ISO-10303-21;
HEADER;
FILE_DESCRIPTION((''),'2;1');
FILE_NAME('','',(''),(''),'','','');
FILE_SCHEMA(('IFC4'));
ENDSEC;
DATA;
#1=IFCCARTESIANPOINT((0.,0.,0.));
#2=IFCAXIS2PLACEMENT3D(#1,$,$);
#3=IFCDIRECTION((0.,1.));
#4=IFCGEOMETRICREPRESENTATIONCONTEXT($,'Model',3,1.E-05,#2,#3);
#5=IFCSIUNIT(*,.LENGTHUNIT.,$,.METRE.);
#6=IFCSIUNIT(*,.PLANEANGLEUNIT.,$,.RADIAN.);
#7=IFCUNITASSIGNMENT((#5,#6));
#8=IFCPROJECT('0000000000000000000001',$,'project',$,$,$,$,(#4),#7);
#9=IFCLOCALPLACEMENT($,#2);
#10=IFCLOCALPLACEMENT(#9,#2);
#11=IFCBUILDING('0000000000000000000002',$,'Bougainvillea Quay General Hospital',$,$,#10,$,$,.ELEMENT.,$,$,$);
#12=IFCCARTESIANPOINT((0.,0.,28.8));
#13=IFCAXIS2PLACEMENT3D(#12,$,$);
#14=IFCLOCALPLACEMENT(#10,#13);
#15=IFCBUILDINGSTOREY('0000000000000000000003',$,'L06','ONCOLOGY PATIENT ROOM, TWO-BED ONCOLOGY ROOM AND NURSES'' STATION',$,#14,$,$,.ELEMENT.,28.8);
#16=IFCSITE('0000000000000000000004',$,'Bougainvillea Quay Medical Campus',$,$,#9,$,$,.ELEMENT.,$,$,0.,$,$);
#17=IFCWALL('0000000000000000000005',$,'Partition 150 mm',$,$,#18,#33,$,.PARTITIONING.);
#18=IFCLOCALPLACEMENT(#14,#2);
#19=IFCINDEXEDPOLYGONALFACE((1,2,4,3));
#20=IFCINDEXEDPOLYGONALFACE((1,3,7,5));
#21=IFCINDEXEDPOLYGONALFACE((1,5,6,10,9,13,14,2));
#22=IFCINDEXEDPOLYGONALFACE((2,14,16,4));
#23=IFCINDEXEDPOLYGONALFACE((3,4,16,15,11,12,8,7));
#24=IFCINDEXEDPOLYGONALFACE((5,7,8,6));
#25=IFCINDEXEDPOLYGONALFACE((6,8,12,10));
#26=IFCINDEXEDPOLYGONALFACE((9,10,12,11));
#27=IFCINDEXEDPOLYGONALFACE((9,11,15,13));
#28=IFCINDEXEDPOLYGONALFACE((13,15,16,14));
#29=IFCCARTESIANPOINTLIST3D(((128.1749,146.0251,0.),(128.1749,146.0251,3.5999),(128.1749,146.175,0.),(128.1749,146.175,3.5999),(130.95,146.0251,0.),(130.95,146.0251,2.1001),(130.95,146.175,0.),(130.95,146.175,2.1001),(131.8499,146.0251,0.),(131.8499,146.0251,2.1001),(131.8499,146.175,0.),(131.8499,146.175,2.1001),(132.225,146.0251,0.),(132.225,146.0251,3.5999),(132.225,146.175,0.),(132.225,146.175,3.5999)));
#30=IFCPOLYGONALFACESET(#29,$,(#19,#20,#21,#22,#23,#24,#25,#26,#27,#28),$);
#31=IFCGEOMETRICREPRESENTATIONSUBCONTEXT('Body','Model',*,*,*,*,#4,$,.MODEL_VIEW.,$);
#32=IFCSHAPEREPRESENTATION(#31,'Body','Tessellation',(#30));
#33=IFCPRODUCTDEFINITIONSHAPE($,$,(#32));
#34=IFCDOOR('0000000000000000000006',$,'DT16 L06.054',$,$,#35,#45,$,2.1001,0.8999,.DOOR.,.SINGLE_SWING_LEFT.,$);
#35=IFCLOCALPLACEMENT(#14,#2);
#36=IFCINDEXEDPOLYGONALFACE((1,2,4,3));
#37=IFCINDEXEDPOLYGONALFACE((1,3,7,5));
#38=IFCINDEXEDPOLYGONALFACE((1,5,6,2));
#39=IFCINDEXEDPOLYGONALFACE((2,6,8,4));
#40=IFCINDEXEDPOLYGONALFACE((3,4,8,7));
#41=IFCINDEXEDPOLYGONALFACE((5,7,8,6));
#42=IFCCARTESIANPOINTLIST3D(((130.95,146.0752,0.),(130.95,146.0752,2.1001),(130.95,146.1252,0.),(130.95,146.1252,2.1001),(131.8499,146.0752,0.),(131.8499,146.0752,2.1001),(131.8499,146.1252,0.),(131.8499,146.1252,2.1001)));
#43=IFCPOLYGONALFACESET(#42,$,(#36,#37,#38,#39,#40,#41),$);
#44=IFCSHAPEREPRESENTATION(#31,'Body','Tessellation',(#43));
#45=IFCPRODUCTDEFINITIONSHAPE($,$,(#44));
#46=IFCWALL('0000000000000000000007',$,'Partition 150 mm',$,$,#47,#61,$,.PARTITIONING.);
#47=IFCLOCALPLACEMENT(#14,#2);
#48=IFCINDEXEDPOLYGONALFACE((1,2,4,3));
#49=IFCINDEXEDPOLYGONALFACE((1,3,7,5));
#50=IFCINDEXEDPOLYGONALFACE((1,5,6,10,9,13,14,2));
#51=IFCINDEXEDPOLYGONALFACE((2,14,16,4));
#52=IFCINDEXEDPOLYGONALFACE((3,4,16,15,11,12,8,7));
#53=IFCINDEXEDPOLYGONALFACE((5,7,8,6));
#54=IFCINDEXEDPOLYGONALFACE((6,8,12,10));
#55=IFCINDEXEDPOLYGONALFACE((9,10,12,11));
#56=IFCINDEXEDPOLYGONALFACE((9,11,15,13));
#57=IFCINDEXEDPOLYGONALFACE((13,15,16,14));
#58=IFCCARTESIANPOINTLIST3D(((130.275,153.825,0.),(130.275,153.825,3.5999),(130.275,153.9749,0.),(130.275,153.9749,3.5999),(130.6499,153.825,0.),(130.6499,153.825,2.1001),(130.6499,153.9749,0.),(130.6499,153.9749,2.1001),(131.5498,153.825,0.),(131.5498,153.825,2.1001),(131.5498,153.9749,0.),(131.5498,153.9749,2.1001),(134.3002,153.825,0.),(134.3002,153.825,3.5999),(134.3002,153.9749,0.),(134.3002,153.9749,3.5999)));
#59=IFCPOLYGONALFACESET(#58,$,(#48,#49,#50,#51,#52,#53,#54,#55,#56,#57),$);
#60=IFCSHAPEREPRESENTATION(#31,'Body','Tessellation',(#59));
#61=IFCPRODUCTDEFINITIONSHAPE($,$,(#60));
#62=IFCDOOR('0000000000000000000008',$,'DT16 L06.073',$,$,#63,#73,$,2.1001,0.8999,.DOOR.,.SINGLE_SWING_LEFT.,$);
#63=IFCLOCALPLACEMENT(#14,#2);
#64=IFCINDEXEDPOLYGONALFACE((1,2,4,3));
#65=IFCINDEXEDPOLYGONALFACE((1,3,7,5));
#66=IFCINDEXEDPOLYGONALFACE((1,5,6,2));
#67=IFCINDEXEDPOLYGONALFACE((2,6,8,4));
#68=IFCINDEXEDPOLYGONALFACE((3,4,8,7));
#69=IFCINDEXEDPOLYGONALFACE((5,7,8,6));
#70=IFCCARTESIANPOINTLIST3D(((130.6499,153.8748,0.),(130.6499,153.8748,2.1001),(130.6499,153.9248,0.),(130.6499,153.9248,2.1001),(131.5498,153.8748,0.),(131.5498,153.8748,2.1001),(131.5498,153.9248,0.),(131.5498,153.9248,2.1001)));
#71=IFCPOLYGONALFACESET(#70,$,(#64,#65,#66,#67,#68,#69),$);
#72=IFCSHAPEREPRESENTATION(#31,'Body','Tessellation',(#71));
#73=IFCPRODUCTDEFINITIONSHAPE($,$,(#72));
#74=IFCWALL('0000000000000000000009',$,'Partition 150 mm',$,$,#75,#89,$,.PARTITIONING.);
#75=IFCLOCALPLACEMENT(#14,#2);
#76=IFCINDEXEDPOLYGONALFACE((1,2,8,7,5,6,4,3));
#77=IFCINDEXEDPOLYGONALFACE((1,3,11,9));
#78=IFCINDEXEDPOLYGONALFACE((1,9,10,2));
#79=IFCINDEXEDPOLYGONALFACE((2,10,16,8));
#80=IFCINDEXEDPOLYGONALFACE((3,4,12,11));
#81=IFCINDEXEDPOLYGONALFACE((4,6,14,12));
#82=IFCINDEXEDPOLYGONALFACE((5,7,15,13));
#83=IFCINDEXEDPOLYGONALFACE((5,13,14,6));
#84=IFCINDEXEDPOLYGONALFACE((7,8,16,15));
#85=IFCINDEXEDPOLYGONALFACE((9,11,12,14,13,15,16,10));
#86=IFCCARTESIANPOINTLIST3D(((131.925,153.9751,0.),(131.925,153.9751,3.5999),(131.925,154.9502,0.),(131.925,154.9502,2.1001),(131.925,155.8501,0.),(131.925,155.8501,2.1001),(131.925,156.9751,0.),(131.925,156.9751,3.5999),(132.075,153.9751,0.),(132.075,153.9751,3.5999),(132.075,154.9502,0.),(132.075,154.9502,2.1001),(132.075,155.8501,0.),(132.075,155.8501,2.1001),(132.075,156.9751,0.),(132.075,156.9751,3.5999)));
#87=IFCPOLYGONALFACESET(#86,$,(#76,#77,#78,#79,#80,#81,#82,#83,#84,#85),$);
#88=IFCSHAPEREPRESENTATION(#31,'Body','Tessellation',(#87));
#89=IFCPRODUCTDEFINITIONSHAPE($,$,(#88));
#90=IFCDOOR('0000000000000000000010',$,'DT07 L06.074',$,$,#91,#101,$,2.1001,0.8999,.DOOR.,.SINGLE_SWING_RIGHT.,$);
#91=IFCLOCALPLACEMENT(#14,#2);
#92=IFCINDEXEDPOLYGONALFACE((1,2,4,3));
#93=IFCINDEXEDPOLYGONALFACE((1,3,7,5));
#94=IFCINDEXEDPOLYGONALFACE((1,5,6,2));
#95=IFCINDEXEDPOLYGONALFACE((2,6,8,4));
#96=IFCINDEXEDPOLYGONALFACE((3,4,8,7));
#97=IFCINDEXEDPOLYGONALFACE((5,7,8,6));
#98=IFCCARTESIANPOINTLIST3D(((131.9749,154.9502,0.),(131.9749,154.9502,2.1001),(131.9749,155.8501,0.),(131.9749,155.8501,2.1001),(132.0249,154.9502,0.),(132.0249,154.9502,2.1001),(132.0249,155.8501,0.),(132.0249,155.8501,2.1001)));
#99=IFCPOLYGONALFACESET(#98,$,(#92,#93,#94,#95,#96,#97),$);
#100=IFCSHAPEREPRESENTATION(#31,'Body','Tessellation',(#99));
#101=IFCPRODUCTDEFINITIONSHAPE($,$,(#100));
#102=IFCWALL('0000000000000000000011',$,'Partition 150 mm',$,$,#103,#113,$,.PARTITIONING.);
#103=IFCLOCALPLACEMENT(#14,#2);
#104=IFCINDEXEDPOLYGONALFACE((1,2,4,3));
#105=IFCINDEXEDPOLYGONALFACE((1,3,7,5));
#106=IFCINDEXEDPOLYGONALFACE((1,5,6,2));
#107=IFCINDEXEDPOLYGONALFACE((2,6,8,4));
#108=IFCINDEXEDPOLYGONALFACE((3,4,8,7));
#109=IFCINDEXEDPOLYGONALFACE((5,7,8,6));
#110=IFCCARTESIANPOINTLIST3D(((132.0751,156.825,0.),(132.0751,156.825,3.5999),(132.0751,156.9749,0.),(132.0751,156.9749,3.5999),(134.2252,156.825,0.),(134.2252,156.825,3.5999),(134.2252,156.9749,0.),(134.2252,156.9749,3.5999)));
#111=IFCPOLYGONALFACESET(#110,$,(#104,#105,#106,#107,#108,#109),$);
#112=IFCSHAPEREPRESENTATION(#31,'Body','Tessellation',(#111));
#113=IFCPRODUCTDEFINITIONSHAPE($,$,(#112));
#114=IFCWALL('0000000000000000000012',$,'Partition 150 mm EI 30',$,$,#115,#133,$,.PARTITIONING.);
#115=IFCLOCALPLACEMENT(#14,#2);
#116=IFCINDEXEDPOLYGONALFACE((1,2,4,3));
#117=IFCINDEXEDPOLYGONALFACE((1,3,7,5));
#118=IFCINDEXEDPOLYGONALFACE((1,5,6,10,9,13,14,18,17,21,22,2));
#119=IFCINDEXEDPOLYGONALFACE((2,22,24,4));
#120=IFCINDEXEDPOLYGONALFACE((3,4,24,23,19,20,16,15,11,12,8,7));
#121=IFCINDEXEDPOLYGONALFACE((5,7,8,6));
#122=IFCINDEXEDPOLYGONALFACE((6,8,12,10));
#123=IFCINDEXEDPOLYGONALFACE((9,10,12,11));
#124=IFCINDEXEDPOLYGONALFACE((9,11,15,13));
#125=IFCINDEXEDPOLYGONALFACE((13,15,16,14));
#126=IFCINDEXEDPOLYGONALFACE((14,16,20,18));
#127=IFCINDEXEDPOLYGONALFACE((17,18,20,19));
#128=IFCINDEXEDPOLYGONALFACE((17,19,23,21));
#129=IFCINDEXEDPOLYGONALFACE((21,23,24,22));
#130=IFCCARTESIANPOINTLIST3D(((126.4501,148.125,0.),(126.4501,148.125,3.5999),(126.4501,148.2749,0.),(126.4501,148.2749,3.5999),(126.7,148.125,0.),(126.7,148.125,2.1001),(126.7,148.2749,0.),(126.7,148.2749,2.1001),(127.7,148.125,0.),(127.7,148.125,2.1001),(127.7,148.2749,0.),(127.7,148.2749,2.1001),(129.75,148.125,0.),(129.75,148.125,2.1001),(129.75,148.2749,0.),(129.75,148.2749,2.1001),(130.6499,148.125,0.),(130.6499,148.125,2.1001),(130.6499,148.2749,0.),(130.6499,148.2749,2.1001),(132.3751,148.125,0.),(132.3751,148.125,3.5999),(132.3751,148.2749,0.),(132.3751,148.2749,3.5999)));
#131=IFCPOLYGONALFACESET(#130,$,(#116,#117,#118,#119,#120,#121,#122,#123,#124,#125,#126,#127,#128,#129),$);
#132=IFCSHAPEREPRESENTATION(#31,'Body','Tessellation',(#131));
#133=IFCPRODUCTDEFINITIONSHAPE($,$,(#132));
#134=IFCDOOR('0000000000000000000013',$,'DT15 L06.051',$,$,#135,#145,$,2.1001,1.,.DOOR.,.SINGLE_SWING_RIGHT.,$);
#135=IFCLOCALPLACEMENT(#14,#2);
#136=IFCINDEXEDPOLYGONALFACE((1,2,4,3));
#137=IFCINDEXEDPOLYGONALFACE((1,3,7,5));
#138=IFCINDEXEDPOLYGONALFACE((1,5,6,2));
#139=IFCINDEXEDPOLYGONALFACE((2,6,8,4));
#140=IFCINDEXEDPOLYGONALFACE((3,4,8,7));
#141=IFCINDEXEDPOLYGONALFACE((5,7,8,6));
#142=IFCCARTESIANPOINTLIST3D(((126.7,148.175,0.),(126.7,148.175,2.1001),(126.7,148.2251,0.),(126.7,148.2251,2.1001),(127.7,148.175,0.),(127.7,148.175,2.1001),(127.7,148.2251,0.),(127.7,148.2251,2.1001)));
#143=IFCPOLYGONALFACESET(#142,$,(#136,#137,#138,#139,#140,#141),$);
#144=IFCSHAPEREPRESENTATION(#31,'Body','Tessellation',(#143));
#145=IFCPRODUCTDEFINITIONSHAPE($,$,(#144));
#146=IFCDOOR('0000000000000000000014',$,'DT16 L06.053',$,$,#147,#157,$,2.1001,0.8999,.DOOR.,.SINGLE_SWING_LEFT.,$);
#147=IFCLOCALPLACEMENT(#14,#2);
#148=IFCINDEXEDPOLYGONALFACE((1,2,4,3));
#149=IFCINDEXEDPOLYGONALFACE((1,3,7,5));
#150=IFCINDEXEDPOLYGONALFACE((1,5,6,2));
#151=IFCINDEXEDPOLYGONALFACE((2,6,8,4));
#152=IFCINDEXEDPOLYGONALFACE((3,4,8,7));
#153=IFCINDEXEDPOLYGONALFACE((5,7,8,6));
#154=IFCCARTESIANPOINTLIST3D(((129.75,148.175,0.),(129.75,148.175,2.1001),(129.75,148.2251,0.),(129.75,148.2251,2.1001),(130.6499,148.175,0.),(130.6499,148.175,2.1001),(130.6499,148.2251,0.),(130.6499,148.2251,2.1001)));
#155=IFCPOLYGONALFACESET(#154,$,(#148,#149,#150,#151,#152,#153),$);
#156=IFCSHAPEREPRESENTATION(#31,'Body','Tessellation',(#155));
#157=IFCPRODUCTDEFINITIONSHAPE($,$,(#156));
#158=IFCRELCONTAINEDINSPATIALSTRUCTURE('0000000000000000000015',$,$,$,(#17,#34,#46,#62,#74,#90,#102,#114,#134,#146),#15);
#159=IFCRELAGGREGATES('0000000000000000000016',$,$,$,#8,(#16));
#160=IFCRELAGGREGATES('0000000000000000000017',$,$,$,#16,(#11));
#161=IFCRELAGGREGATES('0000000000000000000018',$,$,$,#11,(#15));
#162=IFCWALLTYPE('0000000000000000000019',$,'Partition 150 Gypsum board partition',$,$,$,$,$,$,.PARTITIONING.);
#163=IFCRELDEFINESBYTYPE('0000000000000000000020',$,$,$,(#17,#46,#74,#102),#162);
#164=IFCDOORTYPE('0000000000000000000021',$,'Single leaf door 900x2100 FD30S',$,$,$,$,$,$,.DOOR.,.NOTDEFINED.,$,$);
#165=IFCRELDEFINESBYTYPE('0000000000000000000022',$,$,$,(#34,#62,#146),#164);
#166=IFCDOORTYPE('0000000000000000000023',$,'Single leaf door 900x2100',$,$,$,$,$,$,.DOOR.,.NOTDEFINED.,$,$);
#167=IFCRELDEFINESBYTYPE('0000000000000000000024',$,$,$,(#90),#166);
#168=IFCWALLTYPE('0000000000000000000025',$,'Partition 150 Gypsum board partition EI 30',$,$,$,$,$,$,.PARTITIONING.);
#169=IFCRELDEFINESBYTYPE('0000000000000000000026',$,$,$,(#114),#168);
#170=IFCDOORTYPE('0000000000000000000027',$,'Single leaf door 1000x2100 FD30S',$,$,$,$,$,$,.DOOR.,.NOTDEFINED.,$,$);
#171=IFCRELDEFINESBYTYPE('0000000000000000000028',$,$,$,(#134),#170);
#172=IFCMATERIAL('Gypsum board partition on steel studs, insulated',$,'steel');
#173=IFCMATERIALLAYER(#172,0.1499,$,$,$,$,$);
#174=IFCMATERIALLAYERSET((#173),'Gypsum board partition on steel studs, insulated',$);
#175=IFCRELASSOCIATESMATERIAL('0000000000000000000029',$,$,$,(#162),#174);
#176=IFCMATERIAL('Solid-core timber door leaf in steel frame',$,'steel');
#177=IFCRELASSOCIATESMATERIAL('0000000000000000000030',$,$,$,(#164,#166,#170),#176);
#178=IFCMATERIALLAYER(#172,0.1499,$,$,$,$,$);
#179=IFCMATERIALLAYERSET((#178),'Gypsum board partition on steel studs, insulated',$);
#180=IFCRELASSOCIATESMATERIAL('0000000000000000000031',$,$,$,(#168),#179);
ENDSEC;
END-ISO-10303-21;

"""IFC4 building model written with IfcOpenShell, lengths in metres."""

from ifc_helpers import new_model, si_unit, direction, frame, frame_2d, origin, place, context, subcontext, project, spatial, rectangle, extrude, material, layer, layer_set, type_object, element, fill, save


model = new_model("IFC4")

# Units and contexts
model_context = context("Model", 3, precision=1e-05, world=origin(), true_north=direction((0.0, 1.0)))
body_context = subcontext(model_context, "Body", "Model", "MODEL_VIEW")
ifc_project = project(units=[si_unit("LENGTHUNIT", "METRE"), si_unit("PLANEANGLEUNIT", "RADIAN")], contexts=[model_context])

# Site, building, storey
site_placement = place(None, origin())
site = spatial("IfcSite", under=ifc_project, at=site_placement, Name="Bougainvillea Quay Medical Campus", CompositionType="ELEMENT", RefElevation=0.0)
building_placement = place(site_placement, origin())
building = spatial("IfcBuilding", under=site, at=building_placement, Name="Bougainvillea Quay General Hospital", CompositionType="ELEMENT")
storey_placement = place(building_placement, frame((0.0, 0.0, 28.8)))
storey = spatial("IfcBuildingStorey", under=building, at=storey_placement, Name="L06", Description="ONCOLOGY PATIENT ROOM, TWO-BED ONCOLOGY ROOM AND NURSES' STATION", CompositionType="ELEMENT", Elevation=28.8)

# Shared definitions
ifc_material_1 = material(Name="Gypsum board partition on steel studs, insulated", Category="steel")
ifc_layer_1 = layer(ifc_material_1, 0.1499)
ifc_layer_set_1 = layer_set([ifc_layer_1], Name="Gypsum board partition on steel studs, insulated")
wall_type_1 = type_object("IfcWallType", Name="Partition 150 Gypsum board partition", PredefinedType="PARTITIONING", material=ifc_layer_set_1)

# Walls, openings, doors
wall_1_placement = place(storey_placement, frame((128.175, 146.1001, 0.0), z_axis=(0.0, 0.0, 1.0), x_axis=(1.0, 0.0, 0.0)))
wall_1 = element("IfcWall", 1, at=wall_1_placement, inside=storey, type_object=wall_type_1, Name="Partition 150 mm", PredefinedType="PARTITIONING", context=body_context, shape_type="SweptSolid", body=[
    extrude(rectangle(XDim=4.05, YDim=0.1499, at=frame_2d((2.0249, 0.0))), origin(), (0.0, 0.0, 1.0), 3.5999),
])
opening_1_placement = place(wall_1_placement, frame((2.7749, 0.0, 0.0)))
opening_1 = element("IfcOpeningElement", 2, at=opening_1_placement, cuts=wall_1, PredefinedType="OPENING", context=body_context, shape_type="SweptSolid", body=[
    extrude(rectangle(XDim=0.8999, YDim=2.1001, at=frame_2d((0.45, 1.05))), frame((0.0, 0.085, 0.0), z_axis=(0.0, -1.0, 0.0), x_axis=(1.0, 0.0, 0.0)), (0.0, 0.0, 1.0), 0.1699),
])
ifc_material_2 = material(Name="Solid-core timber door leaf in steel frame", Category="steel")
door_type_1 = type_object("IfcDoorType", Name="Single leaf door 900x2100 FD30S", OperationType="NOTDEFINED", PredefinedType="DOOR", material=ifc_material_2)
door_1_placement = place(opening_1_placement, frame((0.8999, 0.0, 0.0), z_axis=(0.0, 0.0, 1.0), x_axis=(-1.0, 0.0, 0.0)))
door_1 = element("IfcDoor", 3, at=door_1_placement, inside=storey, type_object=door_type_1, Name="DT16 L06.054", OperationType="SINGLE_SWING_LEFT", OverallHeight=2.1001, OverallWidth=0.8999, PredefinedType="DOOR", context=body_context, shape_type="SweptSolid", body=[
    extrude(rectangle(XDim=0.8999, YDim=2.1001, at=frame_2d((0.45, 1.05))), frame((0.0, 0.0249, 0.0), z_axis=(0.0, -1.0, 0.0), x_axis=(1.0, 0.0, 0.0)), (0.0, 0.0, 1.0), 0.05),
])
fill(opening_1, door_1)
wall_2_placement = place(storey_placement, frame((130.2749, 153.8999, 0.0), z_axis=(0.0, 0.0, 1.0), x_axis=(1.0, 0.0, 0.0)))
wall_2 = element("IfcWall", 4, at=wall_2_placement, inside=storey, type_object=wall_type_1, Name="Partition 150 mm", PredefinedType="PARTITIONING", context=body_context, shape_type="SweptSolid", body=[
    extrude(rectangle(XDim=4.0251, YDim=0.1499, at=frame_2d((2.0127, 0.0))), origin(), (0.0, 0.0, 1.0), 3.5999),
])
opening_2_placement = place(wall_2_placement, frame((0.375, 0.0, 0.0)))
opening_2 = element("IfcOpeningElement", 5, at=opening_2_placement, cuts=wall_2, PredefinedType="OPENING", context=body_context, shape_type="SweptSolid", body=[
    extrude(rectangle(XDim=0.8999, YDim=2.1001, at=frame_2d((0.45, 1.05))), frame((0.0, 0.085, 0.0), z_axis=(0.0, -1.0, 0.0), x_axis=(1.0, 0.0, 0.0)), (0.0, 0.0, 1.0), 0.1699),
])
door_2_placement = place(opening_2_placement, origin())
door_2 = element("IfcDoor", 6, at=door_2_placement, inside=storey, type_object=door_type_1, Name="DT16 L06.073", OperationType="SINGLE_SWING_LEFT", OverallHeight=2.1001, OverallWidth=0.8999, PredefinedType="DOOR", context=body_context, shape_type="SweptSolid", body=[
    extrude(rectangle(XDim=0.8999, YDim=2.1001, at=frame_2d((0.45, 1.05))), frame((0.0, 0.0249, 0.0), z_axis=(0.0, -1.0, 0.0), x_axis=(1.0, 0.0, 0.0)), (0.0, 0.0, 1.0), 0.05),
])
fill(opening_2, door_2)
wall_3_placement = place(storey_placement, frame((132.0, 153.9751, 0.0), z_axis=(0.0, 0.0, 1.0), x_axis=(0.0, 1.0, 0.0)))
wall_3 = element("IfcWall", 7, at=wall_3_placement, inside=storey, type_object=wall_type_1, Name="Partition 150 mm", PredefinedType="PARTITIONING", context=body_context, shape_type="SweptSolid", body=[
    extrude(rectangle(XDim=3.0, YDim=0.1499, at=frame_2d((1.5, 0.0))), origin(), (0.0, 0.0, 1.0), 3.5999),
])
opening_3_placement = place(wall_3_placement, frame((0.9751, 0.0, 0.0)))
opening_3 = element("IfcOpeningElement", 8, at=opening_3_placement, cuts=wall_3, PredefinedType="OPENING", context=body_context, shape_type="SweptSolid", body=[
    extrude(rectangle(XDim=0.8999, YDim=2.1001, at=frame_2d((0.45, 1.05))), frame((0.0, 0.085, 0.0), z_axis=(0.0, -1.0, 0.0), x_axis=(1.0, 0.0, 0.0)), (0.0, 0.0, 1.0), 0.1699),
])
door_type_2 = type_object("IfcDoorType", Name="Single leaf door 900x2100", OperationType="NOTDEFINED", PredefinedType="DOOR", material=ifc_material_2)
door_3_placement = place(opening_3_placement, frame((0.8999, 0.0, 0.0), z_axis=(0.0, 0.0, 1.0), x_axis=(-1.0, 0.0, 0.0)))
door_3 = element("IfcDoor", 9, at=door_3_placement, inside=storey, type_object=door_type_2, Name="DT07 L06.074", OperationType="SINGLE_SWING_RIGHT", OverallHeight=2.1001, OverallWidth=0.8999, PredefinedType="DOOR", context=body_context, shape_type="SweptSolid", body=[
    extrude(rectangle(XDim=0.8999, YDim=2.1001, at=frame_2d((0.45, 1.05))), frame((0.0, 0.0249, 0.0), z_axis=(0.0, -1.0, 0.0), x_axis=(1.0, 0.0, 0.0)), (0.0, 0.0, 1.0), 0.05),
])
fill(opening_3, door_3)

# Wall
wall_4_placement = place(storey_placement, frame((132.075, 156.8999, 0.0), z_axis=(0.0, 0.0, 1.0), x_axis=(1.0, 0.0, 0.0)))
element("IfcWall", 10, at=wall_4_placement, inside=storey, type_object=wall_type_1, Name="Partition 150 mm", PredefinedType="PARTITIONING", context=body_context, shape_type="SweptSolid", body=[
    extrude(rectangle(XDim=2.1501, YDim=0.1499, at=frame_2d((1.0752, 0.0))), origin(), (0.0, 0.0, 1.0), 3.5999),
])

# Wall, openings, doors
ifc_layer_2 = layer(ifc_material_1, 0.1499)
ifc_layer_set_2 = layer_set([ifc_layer_2], Name="Gypsum board partition on steel studs, insulated")
wall_type_2 = type_object("IfcWallType", Name="Partition 150 Gypsum board partition EI 30", PredefinedType="PARTITIONING", material=ifc_layer_set_2)
wall_5_placement = place(storey_placement, frame((132.375, 148.2, 0.0), z_axis=(0.0, 0.0, 1.0), x_axis=(-1.0, 0.0, 0.0)))
wall_5 = element("IfcWall", 11, at=wall_5_placement, inside=storey, type_object=wall_type_2, Name="Partition 150 mm EI 30", PredefinedType="PARTITIONING", context=body_context, shape_type="SweptSolid", body=[
    extrude(rectangle(XDim=5.925, YDim=0.1499, at=frame_2d((2.9624, 0.0))), origin(), (0.0, 0.0, 1.0), 3.5999),
])
opening_4_placement = place(wall_5_placement, frame((4.675, 0.0, 0.0)))
opening_4 = element("IfcOpeningElement", 12, at=opening_4_placement, cuts=wall_5, PredefinedType="OPENING", context=body_context, shape_type="SweptSolid", body=[
    extrude(rectangle(XDim=1.0, YDim=2.1001, at=frame_2d((0.5, 1.05))), frame((0.0, 0.085, 0.0), z_axis=(0.0, -1.0, 0.0), x_axis=(1.0, 0.0, 0.0)), (0.0, 0.0, 1.0), 0.1699),
])
opening_5_placement = place(wall_5_placement, frame((1.7251, 0.0, 0.0)))
opening_5 = element("IfcOpeningElement", 13, at=opening_5_placement, cuts=wall_5, PredefinedType="OPENING", context=body_context, shape_type="SweptSolid", body=[
    extrude(rectangle(XDim=0.8999, YDim=2.1001, at=frame_2d((0.45, 1.05))), frame((0.0, 0.085, 0.0), z_axis=(0.0, -1.0, 0.0), x_axis=(1.0, 0.0, 0.0)), (0.0, 0.0, 1.0), 0.1699),
])
door_type_3 = type_object("IfcDoorType", Name="Single leaf door 1000x2100 FD30S", OperationType="NOTDEFINED", PredefinedType="DOOR", material=ifc_material_2)
door_4_placement = place(opening_4_placement, origin())
door_4 = element("IfcDoor", 14, at=door_4_placement, inside=storey, type_object=door_type_3, Name="DT15 L06.051", OperationType="SINGLE_SWING_RIGHT", OverallHeight=2.1001, OverallWidth=1.0, PredefinedType="DOOR", context=body_context, shape_type="SweptSolid", body=[
    extrude(rectangle(XDim=1.0, YDim=2.1001, at=frame_2d((0.5, 1.05))), frame((0.0, 0.0249, 0.0), z_axis=(0.0, -1.0, 0.0), x_axis=(1.0, 0.0, 0.0)), (0.0, 0.0, 1.0), 0.05),
])
fill(opening_4, door_4)
door_5_placement = place(opening_5_placement, origin())
door_5 = element("IfcDoor", 15, at=door_5_placement, inside=storey, type_object=door_type_1, Name="DT16 L06.053", OperationType="SINGLE_SWING_LEFT", OverallHeight=2.1001, OverallWidth=0.8999, PredefinedType="DOOR", context=body_context, shape_type="SweptSolid", body=[
    extrude(rectangle(XDim=0.8999, YDim=2.1001, at=frame_2d((0.45, 1.05))), frame((0.0, 0.0249, 0.0), z_axis=(0.0, -1.0, 0.0), x_axis=(1.0, 0.0, 0.0)), (0.0, 0.0, 1.0), 0.05),
])
fill(opening_5, door_5)

save(model, "model.ifc")
